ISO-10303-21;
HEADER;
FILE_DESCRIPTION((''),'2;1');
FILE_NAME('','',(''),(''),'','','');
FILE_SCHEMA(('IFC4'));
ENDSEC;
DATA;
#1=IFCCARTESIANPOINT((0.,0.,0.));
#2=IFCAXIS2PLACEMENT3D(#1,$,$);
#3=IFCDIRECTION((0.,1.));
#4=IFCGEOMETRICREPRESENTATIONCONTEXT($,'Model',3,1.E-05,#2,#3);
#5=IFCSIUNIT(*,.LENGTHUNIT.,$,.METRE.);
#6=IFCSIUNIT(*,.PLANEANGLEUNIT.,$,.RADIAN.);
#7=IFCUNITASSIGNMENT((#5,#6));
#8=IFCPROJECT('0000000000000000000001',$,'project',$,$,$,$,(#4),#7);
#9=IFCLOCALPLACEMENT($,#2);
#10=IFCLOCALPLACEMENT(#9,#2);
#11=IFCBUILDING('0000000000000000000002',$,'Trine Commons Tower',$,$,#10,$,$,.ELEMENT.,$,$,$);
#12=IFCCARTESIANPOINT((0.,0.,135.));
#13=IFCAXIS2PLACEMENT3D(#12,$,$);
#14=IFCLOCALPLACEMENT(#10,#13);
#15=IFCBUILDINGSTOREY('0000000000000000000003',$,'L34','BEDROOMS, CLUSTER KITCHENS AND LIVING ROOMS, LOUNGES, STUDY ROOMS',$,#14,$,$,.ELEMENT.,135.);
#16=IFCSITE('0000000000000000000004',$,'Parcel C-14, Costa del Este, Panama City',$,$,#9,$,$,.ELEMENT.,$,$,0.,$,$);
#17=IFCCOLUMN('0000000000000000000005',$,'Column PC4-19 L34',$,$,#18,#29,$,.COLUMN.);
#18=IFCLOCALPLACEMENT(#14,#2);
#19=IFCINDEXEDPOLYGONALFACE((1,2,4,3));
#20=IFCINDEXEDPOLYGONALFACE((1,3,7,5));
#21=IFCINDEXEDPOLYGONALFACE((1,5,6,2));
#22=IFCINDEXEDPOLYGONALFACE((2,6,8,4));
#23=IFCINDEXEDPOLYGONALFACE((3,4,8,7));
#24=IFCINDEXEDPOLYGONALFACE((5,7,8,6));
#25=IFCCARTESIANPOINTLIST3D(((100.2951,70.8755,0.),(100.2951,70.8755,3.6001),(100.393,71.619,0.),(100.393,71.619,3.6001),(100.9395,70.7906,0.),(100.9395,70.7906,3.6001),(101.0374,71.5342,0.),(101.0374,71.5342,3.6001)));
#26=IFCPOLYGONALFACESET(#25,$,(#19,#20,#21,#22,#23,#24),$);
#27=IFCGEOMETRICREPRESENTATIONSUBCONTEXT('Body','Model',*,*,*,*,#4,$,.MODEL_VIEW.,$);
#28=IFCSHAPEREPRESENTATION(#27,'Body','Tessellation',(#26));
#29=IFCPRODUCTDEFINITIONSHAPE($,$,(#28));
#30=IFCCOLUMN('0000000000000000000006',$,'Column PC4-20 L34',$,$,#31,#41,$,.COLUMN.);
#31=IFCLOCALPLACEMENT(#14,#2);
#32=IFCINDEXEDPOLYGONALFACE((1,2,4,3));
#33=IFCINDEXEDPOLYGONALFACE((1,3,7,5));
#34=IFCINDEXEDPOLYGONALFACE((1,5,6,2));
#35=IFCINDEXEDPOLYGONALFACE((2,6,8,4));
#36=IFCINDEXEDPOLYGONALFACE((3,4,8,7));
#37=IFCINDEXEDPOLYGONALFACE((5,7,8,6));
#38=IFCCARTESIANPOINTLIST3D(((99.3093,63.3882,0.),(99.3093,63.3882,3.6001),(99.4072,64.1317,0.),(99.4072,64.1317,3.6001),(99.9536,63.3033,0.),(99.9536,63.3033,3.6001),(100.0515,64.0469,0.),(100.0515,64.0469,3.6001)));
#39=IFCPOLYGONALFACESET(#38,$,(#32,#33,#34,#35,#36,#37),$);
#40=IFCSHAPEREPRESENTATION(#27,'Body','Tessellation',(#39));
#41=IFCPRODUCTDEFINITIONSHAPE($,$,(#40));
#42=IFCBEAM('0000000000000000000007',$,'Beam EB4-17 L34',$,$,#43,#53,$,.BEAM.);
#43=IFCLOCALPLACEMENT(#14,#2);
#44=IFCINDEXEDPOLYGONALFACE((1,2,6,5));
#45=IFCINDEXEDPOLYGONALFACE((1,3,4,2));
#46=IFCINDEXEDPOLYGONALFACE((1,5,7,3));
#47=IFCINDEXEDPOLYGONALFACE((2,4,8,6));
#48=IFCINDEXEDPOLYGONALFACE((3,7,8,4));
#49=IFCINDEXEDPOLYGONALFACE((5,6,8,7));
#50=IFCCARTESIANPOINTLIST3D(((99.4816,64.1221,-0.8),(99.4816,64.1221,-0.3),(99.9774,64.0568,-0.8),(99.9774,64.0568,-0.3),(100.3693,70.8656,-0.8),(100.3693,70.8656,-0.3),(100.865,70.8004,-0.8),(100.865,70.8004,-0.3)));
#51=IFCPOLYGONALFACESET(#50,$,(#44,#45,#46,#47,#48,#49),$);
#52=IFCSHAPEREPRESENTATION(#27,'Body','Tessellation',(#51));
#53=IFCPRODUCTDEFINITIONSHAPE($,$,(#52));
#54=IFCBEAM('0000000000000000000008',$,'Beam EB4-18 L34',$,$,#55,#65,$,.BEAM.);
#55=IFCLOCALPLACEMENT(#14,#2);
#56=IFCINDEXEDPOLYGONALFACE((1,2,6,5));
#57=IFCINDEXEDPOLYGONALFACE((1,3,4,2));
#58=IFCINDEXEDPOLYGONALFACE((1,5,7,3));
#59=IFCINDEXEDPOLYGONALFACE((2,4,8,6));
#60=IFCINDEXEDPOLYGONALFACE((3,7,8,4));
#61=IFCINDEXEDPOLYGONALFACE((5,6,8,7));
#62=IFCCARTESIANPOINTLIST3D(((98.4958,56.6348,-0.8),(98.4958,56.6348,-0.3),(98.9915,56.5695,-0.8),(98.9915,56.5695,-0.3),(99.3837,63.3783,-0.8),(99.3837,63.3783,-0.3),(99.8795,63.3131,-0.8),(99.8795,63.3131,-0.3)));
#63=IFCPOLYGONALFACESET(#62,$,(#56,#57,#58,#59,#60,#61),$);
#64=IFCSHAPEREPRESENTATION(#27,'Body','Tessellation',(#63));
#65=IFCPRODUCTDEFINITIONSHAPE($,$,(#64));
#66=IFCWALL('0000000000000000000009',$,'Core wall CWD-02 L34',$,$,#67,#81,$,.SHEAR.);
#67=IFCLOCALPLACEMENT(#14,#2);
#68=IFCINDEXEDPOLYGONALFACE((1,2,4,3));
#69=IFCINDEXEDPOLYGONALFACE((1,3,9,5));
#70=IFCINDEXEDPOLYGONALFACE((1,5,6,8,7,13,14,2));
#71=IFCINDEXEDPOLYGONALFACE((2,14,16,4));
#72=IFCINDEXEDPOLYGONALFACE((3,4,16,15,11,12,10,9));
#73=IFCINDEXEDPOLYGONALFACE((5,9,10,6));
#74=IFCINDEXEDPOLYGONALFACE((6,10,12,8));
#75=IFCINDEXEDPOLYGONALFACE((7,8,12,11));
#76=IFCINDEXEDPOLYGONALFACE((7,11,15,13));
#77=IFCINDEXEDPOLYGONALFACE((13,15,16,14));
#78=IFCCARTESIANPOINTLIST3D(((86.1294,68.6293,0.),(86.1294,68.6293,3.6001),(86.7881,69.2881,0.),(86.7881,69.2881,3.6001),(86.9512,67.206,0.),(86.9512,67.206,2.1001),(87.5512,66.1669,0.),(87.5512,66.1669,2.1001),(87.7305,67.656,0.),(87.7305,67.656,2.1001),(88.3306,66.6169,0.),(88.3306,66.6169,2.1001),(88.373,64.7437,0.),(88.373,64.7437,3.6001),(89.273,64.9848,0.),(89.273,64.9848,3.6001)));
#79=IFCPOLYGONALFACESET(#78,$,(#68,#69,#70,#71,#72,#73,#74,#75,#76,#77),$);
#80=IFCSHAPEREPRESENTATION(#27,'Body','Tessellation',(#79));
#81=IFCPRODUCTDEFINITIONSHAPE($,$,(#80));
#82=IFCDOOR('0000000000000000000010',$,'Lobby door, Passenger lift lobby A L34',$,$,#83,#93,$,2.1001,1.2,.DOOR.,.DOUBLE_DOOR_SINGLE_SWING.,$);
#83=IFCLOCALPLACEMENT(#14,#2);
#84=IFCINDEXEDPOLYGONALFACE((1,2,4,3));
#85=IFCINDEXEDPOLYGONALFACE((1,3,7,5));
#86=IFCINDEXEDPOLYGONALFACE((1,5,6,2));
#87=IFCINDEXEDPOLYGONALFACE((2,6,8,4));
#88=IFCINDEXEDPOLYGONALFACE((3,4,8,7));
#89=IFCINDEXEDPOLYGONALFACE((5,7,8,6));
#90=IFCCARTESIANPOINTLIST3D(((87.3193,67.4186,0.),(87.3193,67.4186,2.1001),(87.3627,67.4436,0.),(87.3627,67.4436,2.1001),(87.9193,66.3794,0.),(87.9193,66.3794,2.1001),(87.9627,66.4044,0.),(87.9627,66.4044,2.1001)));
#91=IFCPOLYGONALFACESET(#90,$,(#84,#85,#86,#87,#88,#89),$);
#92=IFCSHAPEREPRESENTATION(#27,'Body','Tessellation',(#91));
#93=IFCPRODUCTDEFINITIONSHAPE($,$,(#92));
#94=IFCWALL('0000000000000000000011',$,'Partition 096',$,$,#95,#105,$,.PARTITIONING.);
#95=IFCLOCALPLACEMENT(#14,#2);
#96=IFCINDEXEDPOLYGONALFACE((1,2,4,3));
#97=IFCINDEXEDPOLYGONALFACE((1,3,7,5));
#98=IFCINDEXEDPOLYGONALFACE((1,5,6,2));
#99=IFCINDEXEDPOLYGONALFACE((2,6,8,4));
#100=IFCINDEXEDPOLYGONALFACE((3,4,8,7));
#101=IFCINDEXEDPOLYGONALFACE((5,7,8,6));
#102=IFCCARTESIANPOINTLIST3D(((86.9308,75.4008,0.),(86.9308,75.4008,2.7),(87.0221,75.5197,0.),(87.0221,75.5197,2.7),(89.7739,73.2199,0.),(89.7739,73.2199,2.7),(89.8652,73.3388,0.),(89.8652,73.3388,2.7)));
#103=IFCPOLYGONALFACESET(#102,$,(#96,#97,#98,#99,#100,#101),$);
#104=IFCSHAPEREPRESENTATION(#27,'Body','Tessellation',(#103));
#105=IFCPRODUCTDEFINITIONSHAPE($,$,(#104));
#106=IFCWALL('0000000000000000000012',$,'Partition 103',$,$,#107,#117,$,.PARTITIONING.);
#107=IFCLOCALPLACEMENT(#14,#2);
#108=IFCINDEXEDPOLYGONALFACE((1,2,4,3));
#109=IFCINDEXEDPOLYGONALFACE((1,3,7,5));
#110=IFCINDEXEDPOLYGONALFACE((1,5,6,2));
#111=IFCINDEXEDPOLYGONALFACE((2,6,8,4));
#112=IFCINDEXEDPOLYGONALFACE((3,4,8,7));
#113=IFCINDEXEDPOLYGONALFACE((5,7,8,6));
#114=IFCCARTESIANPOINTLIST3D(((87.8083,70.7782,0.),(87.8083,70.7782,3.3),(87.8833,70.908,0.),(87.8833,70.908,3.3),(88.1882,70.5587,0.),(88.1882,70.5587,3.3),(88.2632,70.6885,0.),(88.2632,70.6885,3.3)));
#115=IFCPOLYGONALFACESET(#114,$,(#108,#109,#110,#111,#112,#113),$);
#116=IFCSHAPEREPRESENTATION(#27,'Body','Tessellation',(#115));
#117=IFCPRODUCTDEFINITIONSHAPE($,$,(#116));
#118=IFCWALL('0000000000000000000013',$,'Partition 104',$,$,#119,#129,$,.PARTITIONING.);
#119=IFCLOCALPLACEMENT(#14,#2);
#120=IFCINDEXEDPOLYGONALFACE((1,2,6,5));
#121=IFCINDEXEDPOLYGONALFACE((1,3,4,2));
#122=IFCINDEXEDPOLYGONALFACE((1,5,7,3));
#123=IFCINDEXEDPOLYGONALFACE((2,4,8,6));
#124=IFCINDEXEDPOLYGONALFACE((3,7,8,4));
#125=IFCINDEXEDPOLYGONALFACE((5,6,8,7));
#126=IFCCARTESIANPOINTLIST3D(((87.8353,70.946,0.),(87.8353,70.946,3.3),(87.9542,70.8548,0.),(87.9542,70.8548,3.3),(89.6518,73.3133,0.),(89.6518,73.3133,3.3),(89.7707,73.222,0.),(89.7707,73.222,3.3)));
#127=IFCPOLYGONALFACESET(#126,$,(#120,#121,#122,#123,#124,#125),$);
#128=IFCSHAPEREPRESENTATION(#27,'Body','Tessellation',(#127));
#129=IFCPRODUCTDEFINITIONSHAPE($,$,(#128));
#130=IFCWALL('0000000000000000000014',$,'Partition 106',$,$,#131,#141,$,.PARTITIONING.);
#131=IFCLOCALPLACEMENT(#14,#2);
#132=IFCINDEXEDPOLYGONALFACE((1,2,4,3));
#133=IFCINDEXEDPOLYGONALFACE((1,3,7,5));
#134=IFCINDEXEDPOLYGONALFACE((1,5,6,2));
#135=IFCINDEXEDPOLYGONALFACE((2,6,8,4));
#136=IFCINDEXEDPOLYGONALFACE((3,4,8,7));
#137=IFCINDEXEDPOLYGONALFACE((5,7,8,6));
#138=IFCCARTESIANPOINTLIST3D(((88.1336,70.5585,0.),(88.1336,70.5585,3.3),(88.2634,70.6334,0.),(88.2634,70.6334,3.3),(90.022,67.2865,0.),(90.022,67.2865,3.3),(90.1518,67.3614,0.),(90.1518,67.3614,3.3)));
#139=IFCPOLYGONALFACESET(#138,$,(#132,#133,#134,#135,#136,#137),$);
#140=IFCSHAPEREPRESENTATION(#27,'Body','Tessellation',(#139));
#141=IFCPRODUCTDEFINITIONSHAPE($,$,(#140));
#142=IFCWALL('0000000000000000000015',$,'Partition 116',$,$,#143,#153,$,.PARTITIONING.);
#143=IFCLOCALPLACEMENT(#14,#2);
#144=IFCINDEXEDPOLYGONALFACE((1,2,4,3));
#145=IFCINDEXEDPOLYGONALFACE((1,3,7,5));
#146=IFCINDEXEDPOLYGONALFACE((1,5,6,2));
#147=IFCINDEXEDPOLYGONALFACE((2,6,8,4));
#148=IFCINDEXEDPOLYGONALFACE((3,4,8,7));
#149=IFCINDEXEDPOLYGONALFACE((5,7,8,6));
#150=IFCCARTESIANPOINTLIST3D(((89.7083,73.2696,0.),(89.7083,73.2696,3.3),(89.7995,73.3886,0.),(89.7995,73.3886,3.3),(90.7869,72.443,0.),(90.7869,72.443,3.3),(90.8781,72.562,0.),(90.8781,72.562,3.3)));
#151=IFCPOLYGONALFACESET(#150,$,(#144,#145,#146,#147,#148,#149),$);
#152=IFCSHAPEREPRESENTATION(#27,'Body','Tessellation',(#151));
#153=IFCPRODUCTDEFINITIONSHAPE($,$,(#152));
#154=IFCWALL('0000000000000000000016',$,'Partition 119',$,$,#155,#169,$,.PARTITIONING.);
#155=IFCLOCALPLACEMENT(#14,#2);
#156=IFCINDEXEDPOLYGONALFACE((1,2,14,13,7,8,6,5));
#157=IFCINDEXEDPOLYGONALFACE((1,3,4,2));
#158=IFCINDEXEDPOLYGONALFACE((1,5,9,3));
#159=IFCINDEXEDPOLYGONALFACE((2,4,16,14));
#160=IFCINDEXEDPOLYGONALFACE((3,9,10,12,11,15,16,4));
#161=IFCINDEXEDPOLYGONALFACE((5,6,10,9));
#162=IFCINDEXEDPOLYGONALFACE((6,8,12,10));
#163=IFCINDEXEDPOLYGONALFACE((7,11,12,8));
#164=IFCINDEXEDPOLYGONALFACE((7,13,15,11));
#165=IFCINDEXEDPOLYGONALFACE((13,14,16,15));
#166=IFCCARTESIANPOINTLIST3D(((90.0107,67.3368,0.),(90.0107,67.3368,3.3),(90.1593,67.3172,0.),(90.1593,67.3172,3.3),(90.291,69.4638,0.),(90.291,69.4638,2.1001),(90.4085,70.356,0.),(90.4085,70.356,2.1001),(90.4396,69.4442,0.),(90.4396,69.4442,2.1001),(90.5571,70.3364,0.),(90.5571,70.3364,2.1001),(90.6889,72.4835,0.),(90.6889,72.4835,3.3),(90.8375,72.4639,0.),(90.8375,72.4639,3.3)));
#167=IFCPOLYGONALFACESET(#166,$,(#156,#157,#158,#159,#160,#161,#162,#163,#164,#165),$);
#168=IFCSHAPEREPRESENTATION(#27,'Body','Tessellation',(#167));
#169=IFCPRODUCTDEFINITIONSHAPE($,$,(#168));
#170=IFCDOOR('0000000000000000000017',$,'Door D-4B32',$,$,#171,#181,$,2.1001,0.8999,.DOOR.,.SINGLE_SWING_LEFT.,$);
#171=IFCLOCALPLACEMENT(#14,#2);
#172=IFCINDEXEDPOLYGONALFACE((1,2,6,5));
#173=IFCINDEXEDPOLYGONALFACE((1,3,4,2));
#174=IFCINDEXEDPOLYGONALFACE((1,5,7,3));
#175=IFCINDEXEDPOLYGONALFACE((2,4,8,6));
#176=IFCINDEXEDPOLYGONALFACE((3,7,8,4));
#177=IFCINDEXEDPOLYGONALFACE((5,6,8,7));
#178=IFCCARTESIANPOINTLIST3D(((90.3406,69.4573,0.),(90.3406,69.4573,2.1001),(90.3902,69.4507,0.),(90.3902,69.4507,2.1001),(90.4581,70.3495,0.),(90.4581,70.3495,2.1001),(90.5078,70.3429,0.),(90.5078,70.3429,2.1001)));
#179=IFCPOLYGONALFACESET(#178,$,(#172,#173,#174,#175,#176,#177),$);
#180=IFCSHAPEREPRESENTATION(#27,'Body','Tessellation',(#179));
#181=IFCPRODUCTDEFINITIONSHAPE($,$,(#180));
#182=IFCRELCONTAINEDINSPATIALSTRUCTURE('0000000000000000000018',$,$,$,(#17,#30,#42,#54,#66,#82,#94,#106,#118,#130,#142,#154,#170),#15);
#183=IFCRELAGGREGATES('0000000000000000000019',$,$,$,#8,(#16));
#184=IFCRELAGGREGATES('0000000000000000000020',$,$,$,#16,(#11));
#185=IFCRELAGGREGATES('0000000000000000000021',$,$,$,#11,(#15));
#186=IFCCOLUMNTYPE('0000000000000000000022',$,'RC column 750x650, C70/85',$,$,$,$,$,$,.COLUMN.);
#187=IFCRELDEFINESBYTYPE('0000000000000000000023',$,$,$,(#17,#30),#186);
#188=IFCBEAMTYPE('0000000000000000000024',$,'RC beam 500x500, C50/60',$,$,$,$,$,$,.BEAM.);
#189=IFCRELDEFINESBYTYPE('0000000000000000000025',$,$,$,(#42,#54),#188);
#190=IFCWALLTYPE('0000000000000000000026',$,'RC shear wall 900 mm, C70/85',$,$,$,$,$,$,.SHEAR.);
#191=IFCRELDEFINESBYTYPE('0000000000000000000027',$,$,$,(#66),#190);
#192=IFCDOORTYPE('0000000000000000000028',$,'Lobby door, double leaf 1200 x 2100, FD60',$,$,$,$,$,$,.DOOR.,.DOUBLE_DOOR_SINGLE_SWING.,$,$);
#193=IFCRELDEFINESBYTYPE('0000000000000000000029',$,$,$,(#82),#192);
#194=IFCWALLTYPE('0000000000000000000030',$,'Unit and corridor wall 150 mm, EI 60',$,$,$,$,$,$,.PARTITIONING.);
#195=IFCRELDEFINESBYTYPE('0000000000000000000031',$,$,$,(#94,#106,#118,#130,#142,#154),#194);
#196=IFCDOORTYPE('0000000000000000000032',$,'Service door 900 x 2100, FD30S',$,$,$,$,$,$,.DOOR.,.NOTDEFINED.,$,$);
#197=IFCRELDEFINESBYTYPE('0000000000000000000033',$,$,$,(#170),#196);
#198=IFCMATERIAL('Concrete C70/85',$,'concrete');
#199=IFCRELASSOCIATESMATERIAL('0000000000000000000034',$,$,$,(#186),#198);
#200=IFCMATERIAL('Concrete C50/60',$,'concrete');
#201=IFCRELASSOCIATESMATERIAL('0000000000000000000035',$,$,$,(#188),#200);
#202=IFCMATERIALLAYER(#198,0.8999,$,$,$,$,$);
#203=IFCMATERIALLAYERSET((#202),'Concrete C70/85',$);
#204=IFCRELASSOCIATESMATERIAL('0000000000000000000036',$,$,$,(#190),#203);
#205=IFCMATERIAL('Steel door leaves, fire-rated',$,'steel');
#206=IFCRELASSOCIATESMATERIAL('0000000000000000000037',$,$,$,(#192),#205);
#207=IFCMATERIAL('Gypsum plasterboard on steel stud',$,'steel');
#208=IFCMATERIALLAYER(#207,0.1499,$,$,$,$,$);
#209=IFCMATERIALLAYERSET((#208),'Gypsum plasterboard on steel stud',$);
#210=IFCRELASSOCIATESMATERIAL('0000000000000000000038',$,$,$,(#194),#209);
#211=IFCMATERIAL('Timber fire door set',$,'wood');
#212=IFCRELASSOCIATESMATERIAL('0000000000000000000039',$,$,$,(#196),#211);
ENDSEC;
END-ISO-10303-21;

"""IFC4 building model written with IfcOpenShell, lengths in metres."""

from ifc_helpers import new_model, si_unit, direction, frame, frame_2d, origin, origin_2d, place, context, subcontext, project, spatial, polyline, rectangle, outline, extrude, material, layer, layer_set, material_profile, profile_set, type_object, element, fill, save


model = new_model("IFC4")

# Units and contexts
model_context = context("Model", 3, precision=1e-05, world=origin(), true_north=direction((0.0, 1.0)))
body_context = subcontext(model_context, "Body", "Model", "MODEL_VIEW")
ifc_project = project(units=[si_unit("LENGTHUNIT", "METRE"), si_unit("PLANEANGLEUNIT", "RADIAN")], contexts=[model_context])

# Site, building, storey
site_placement = place(None, origin())
site = spatial("IfcSite", under=ifc_project, at=site_placement, Name="Parcel C-14, Costa del Este, Panama City", CompositionType="ELEMENT", RefElevation=0.0)
building_placement = place(site_placement, origin())
building = spatial("IfcBuilding", under=site, at=building_placement, Name="Trine Commons Tower", CompositionType="ELEMENT")
storey_placement = place(building_placement, frame((0.0, 0.0, 135.0)))
storey = spatial("IfcBuildingStorey", under=building, at=storey_placement, Name="L34", Description="BEDROOMS, CLUSTER KITCHENS AND LIVING ROOMS, LOUNGES, STUDY ROOMS", CompositionType="ELEMENT", Elevation=135.0)

# Columns
ifc_material_1 = material(Name="Concrete C70/85", Category="concrete")
ifc_material_profile_1 = material_profile(ifc_material_1, rectangle(XDim=0.75, YDim=0.6499, at=origin_2d()), Name="RC 750x650")
ifc_profile_set_1 = profile_set([ifc_material_profile_1], Name="Concrete C70/85")
column_type = type_object("IfcColumnType", Name="RC column 750x650, C70/85", PredefinedType="COLUMN", material=ifc_profile_set_1)
for number, where, z_axis, x_axis, name in (
    (1, (100.6663, 71.2048, 0.0), (0.0, 0.0, 1.0), (0.130526, 0.991445, 0.0), "Column PC4-19 L34"),
    (2, (99.6804, 63.7175, 0.0), (0.0, 0.0, 1.0), (0.130526, 0.991445, 0.0), "Column PC4-20 L34"),
):
    element("IfcColumn", number, at=place(storey_placement, frame(where, z_axis=z_axis, x_axis=x_axis)), inside=storey, type_object=column_type, Name=name, PredefinedType="COLUMN", context=body_context, shape_type="SweptSolid", body=[
        extrude(rectangle(XDim=0.75, YDim=0.6499, at=origin_2d()), origin(), (0.0, 0.0, 1.0), 3.6001),
    ])

# Beams
ifc_material_2 = material(Name="Concrete C50/60", Category="concrete")
ifc_material_profile_2 = material_profile(ifc_material_2, rectangle(XDim=0.5, YDim=0.5, at=origin_2d()), Name="RC 500x500")
ifc_profile_set_2 = profile_set([ifc_material_profile_2], Name="Concrete C50/60")
beam_type = type_object("IfcBeamType", Name="RC beam 500x500, C50/60", PredefinedType="BEAM", material=ifc_profile_set_2)
for number, where, z_axis, x_axis, name in (
    (3, (100.6172, 70.833, -0.55), (-0.130508, -0.991447, 0.0), (0.991447, -0.130508, 0.0), "Beam EB4-17 L34"),
    (4, (99.6316, 63.3457, -0.55), (-0.130544, -0.991443, 0.0), (0.991443, -0.130544, 0.0), "Beam EB4-18 L34"),
):
    element("IfcBeam", number, at=place(storey_placement, frame(where, z_axis=z_axis, x_axis=x_axis)), inside=storey, type_object=beam_type, Name=name, PredefinedType="BEAM", context=body_context, shape_type="SweptSolid", body=[
        extrude(rectangle(XDim=0.5, YDim=0.5, at=origin_2d()), origin(), (0.0, 0.0, 1.0), 6.8018),
    ])

# Wall, opening, door
ifc_layer_1 = layer(ifc_material_1, 0.8999)
ifc_layer_set_1 = layer_set([ifc_layer_1], Name="Concrete C70/85")
wall_type_1 = type_object("IfcWallType", Name="RC shear wall 900 mm, C70/85", PredefinedType="SHEAR", material=ifc_layer_set_1)
wall_1_placement = place(storey_placement, frame((88.8833, 64.7598, 0.0), z_axis=(0.0, 0.0, 1.0), x_axis=(-0.500039, 0.866003, 0.0)))
wall_1 = element("IfcWall", 5, at=wall_1_placement, inside=storey, type_object=wall_type_1, Name="Core wall CWD-02 L34", PredefinedType="SHEAR", context=body_context, shape_type="SweptSolid", body=[
    extrude(outline(polyline([(0.0, -0.45), (4.9692, -0.45), (4.728, 0.45), (0.2412, 0.45), (0.0, -0.45)])), origin(), (0.0, 0.0, 1.0), 3.6001),
])
opening_1_placement = place(wall_1_placement, frame((1.8845, 0.0, 0.0)))
opening_1 = element("IfcOpeningElement", 6, at=opening_1_placement, cuts=wall_1, PredefinedType="OPENING", context=body_context, shape_type="SweptSolid", body=[
    extrude(rectangle(XDim=1.2, YDim=2.1001, at=frame_2d((0.6001, 1.05))), frame((0.0, 0.46, 0.0), z_axis=(0.0, -1.0, 0.0), x_axis=(1.0, 0.0, 0.0)), (0.0, 0.0, 1.0), 0.9199),
])
ifc_material_3 = material(Name="Steel door leaves, fire-rated", Category="steel")
door_type_1 = type_object("IfcDoorType", Name="Lobby door, double leaf 1200 x 2100, FD60", OperationType="DOUBLE_DOOR_SINGLE_SWING", PredefinedType="DOOR", material=ifc_material_3)
door_1_placement = place(opening_1_placement, origin())
door_1 = element("IfcDoor", 7, at=door_1_placement, inside=storey, type_object=door_type_1, Name="Lobby door, Passenger lift lobby A L34", OperationType="DOUBLE_DOOR_SINGLE_SWING", OverallHeight=2.1001, OverallWidth=1.2, PredefinedType="DOOR", context=body_context, shape_type="SweptSolid", body=[
    extrude(rectangle(XDim=1.2, YDim=2.1001, at=frame_2d((0.6001, 1.05))), frame((0.0, 0.0249, 0.0), z_axis=(0.0, -1.0, 0.0), x_axis=(1.0, 0.0, 0.0)), (0.0, 0.0, 1.0), 0.05),
])
fill(opening_1, door_1)

# Walls
ifc_material_4 = material(Name="Gypsum plasterboard on steel stud", Category="steel")
ifc_layer_2 = layer(ifc_material_4, 0.1499)
ifc_layer_set_2 = layer_set([ifc_layer_2], Name="Gypsum plasterboard on steel stud")
wall_type_2 = type_object("IfcWallType", Name="Unit and corridor wall 150 mm, EI 60", PredefinedType="PARTITIONING", material=ifc_layer_set_2)
wall_2_placement = place(storey_placement, frame((86.9766, 75.4602, 0.0), z_axis=(0.0, 0.0, 1.0), x_axis=(0.793436, -0.608653, 0.0)))
element("IfcWall", 8, at=wall_2_placement, inside=storey, type_object=wall_type_2, Name="Partition 096", PredefinedType="PARTITIONING", context=body_context, shape_type="SweptSolid", body=[
    extrude(rectangle(XDim=3.5833, YDim=0.1499, at=frame_2d((1.7915, 0.0))), origin(), (0.0, 0.0, 1.0), 2.7),
])
wall_3_placement = place(storey_placement, frame((87.8459, 70.843, 0.0), z_axis=(0.0, 0.0, 1.0), x_axis=(0.86587, -0.500268, 0.0)))
element("IfcWall", 9, at=wall_3_placement, inside=storey, type_object=wall_type_2, Name="Partition 103", PredefinedType="PARTITIONING", context=body_context, shape_type="SweptSolid", body=[
    extrude(rectangle(XDim=0.4387, YDim=0.1499, at=frame_2d((0.2192, 0.0))), origin(), (0.0, 0.0, 1.0), 3.3),
])
wall_4_placement = place(storey_placement, frame((87.8948, 70.9004, 0.0), z_axis=(0.0, 0.0, 1.0), x_axis=(0.608761, 0.793353, 0.0)))
element("IfcWall", 10, at=wall_4_placement, inside=storey, type_object=wall_type_2, Name="Partition 104", PredefinedType="PARTITIONING", context=body_context, shape_type="SweptSolid", body=[
    extrude(rectangle(XDim=2.9839, YDim=0.1499, at=frame_2d((1.4919, 0.0))), origin(), (0.0, 0.0, 1.0), 3.3),
])
wall_5_placement = place(storey_placement, frame((88.1985, 70.5959, 0.0), z_axis=(0.0, 0.0, 1.0), x_axis=(0.499872, -0.8661, 0.0)))
element("IfcWall", 11, at=wall_5_placement, inside=storey, type_object=wall_type_2, Name="Partition 106", PredefinedType="PARTITIONING", context=body_context, shape_type="SweptSolid", body=[
    extrude(rectangle(XDim=3.7778, YDim=0.1499, at=frame_2d((1.8889, 0.0))), origin(), (0.0, 0.0, 1.0), 3.3),
])
wall_6_placement = place(storey_placement, frame((89.7539, 73.3291, 0.0), z_axis=(0.0, 0.0, 1.0), x_axis=(0.793705, -0.608303, 0.0)))
element("IfcWall", 12, at=wall_6_placement, inside=storey, type_object=wall_type_2, Name="Partition 116", PredefinedType="PARTITIONING", context=body_context, shape_type="SweptSolid", body=[
    extrude(rectangle(XDim=1.3589, YDim=0.1499, at=frame_2d((0.6794, 0.0))), origin(), (0.0, 0.0, 1.0), 3.3),
])

# Wall, opening, door
wall_7_placement = place(storey_placement, frame((90.085, 67.3269, 0.0), z_axis=(0.0, 0.0, 1.0), x_axis=(0.130648, 0.991429, 0.0)))
wall_7 = element("IfcWall", 13, at=wall_7_placement, inside=storey, type_object=wall_type_2, Name="Partition 119", PredefinedType="PARTITIONING", context=body_context, shape_type="SweptSolid", body=[
    extrude(rectangle(XDim=5.1912, YDim=0.1499, at=frame_2d((2.5957, 0.0))), origin(), (0.0, 0.0, 1.0), 3.3),
])
opening_2_placement = place(wall_7_placement, frame((2.1455, 0.0, 0.0)))
opening_2 = element("IfcOpeningElement", 14, at=opening_2_placement, cuts=wall_7, PredefinedType="OPENING", context=body_context, shape_type="SweptSolid", body=[
    extrude(rectangle(XDim=0.8999, YDim=2.1001, at=frame_2d((0.45, 1.05))), frame((0.0, 0.085, 0.0), z_axis=(0.0, -1.0, 0.0), x_axis=(1.0, 0.0, 0.0)), (0.0, 0.0, 1.0), 0.1699),
])
ifc_material_5 = material(Name="Timber fire door set", Category="wood")
door_type_2 = type_object("IfcDoorType", Name="Service door 900 x 2100, FD30S", OperationType="NOTDEFINED", PredefinedType="DOOR", material=ifc_material_5)
door_2_placement = place(opening_2_placement, origin())
door_2 = element("IfcDoor", 15, at=door_2_placement, inside=storey, type_object=door_type_2, Name="Door D-4B32", OperationType="SINGLE_SWING_LEFT", OverallHeight=2.1001, OverallWidth=0.8999, PredefinedType="DOOR", context=body_context, shape_type="SweptSolid", body=[
    extrude(rectangle(XDim=0.8999, YDim=2.1001, at=frame_2d((0.45, 1.05))), frame((0.0, 0.0249, 0.0), z_axis=(0.0, -1.0, 0.0), x_axis=(1.0, 0.0, 0.0)), (0.0, 0.0, 1.0), 0.05),
])
fill(opening_2, door_2)

save(model, "model.ifc")
